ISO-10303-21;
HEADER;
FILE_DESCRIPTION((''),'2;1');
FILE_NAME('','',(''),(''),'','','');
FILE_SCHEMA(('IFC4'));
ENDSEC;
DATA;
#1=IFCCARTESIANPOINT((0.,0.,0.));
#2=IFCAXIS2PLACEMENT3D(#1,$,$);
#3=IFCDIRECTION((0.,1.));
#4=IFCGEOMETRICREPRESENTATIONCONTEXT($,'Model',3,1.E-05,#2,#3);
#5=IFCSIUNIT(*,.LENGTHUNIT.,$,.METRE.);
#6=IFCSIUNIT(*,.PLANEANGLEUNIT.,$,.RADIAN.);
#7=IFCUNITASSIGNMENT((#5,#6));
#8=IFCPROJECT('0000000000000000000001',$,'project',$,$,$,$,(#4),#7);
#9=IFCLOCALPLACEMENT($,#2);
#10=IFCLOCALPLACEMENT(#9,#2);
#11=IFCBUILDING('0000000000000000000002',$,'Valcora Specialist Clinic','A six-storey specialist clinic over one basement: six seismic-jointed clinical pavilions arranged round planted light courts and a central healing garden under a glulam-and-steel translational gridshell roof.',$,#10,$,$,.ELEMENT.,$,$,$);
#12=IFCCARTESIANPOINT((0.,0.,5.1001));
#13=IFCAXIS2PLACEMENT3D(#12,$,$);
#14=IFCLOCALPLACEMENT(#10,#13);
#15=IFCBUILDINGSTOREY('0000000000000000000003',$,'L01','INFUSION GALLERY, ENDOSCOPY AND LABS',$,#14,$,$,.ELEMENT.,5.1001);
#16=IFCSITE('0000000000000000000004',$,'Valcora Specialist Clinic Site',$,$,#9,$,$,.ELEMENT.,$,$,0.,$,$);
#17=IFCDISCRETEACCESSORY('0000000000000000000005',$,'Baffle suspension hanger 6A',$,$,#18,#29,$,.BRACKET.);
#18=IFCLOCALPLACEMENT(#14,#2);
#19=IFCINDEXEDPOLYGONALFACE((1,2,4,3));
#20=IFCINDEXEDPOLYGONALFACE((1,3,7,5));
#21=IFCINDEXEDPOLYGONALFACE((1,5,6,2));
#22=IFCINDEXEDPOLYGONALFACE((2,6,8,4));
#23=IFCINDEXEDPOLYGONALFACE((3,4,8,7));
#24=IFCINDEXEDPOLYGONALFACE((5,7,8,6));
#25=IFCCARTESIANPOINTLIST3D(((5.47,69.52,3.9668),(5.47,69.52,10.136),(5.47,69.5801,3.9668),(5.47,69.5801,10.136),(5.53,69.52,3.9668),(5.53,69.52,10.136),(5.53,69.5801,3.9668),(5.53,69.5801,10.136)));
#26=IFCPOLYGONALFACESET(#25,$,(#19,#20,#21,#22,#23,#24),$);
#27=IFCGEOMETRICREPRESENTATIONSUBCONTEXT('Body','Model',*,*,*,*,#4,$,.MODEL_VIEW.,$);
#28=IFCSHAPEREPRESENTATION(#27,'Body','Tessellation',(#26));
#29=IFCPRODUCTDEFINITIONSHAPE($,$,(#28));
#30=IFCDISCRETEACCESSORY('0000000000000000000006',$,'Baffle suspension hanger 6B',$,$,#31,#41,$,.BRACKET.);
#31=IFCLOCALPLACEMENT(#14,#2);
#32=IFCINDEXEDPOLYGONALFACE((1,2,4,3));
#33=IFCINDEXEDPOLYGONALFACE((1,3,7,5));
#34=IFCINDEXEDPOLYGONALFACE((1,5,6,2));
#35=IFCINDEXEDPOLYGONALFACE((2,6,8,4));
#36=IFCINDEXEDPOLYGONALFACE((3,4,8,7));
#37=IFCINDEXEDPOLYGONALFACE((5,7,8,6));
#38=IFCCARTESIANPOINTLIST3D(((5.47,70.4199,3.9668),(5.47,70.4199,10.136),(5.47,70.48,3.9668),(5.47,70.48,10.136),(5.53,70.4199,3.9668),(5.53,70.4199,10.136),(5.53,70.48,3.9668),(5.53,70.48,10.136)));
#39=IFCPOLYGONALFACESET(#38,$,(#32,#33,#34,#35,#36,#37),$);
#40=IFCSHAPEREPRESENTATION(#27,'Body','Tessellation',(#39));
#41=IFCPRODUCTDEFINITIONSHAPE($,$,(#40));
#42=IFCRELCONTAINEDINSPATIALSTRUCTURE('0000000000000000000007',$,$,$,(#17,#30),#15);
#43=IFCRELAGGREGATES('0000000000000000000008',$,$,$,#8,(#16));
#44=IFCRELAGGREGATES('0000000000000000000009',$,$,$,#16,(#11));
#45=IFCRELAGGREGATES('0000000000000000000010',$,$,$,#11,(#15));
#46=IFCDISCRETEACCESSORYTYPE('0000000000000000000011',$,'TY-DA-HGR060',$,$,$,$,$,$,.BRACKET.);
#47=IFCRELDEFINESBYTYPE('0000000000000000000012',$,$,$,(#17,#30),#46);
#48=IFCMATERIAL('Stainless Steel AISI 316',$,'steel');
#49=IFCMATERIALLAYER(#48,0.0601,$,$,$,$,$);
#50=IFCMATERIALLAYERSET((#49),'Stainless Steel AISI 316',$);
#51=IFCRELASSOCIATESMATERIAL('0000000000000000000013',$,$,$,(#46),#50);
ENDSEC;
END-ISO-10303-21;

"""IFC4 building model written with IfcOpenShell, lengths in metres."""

from ifc_helpers import new_model, si_unit, direction, frame, origin, origin_2d, place, context, subcontext, project, spatial, rectangle, extrude, material, layer, layer_set, type_object, element, save


model = new_model("IFC4")

# Units and contexts
model_context = context("Model", 3, precision=1e-05, world=origin(), true_north=direction((0.0, 1.0)))
body_context = subcontext(model_context, "Body", "Model", "MODEL_VIEW")
ifc_project = project(units=[si_unit("LENGTHUNIT", "METRE"), si_unit("PLANEANGLEUNIT", "RADIAN")], contexts=[model_context])

# Site, building, storey
site_placement = place(None, origin())
site = spatial("IfcSite", under=ifc_project, at=site_placement, Name="Valcora Specialist Clinic Site", CompositionType="ELEMENT", RefElevation=0.0)
building_placement = place(site_placement, origin())
building = spatial("IfcBuilding", under=site, at=building_placement, Name="Valcora Specialist Clinic", Description="A six-storey specialist clinic over one basement: six seismic-jointed clinical pavilions arranged round planted light courts and a central healing garden under a glulam-and-steel translational gridshell roof.", CompositionType="ELEMENT")
storey_placement = place(building_placement, frame((0.0, 0.0, 5.1001)))
storey = spatial("IfcBuildingStorey", under=building, at=storey_placement, Name="L01", Description="INFUSION GALLERY, ENDOSCOPY AND LABS", CompositionType="ELEMENT", Elevation=5.1001)

# Shared definitions
ifc_material_1 = material(Name="Stainless Steel AISI 316", Category="steel")

# Discrete accessories
ifc_layer_1 = layer(ifc_material_1, 0.0601)
ifc_layer_set_1 = layer_set([ifc_layer_1], Name="Stainless Steel AISI 316")
discrete_accessory_type = type_object("IfcDiscreteAccessoryType", Name="TY-DA-HGR060", PredefinedType="BRACKET", material=ifc_layer_set_1)
for number, where, z_axis, x_axis, name in (
    (1, (5.5, 69.55, 3.9668), (0.0, 0.0, 1.0), (1.0, 0.0, 0.0), "Baffle suspension hanger 6A"),
    (2, (5.5, 70.45, 3.9668), (0.0, 0.0, 1.0), (1.0, 0.0, 0.0), "Baffle suspension hanger 6B"),
):
    element("IfcDiscreteAccessory", number, at=place(storey_placement, frame(where, z_axis=z_axis, x_axis=x_axis)), inside=storey, type_object=discrete_accessory_type, Name=name, PredefinedType="BRACKET", context=body_context, shape_type="SweptSolid", body=[
        extrude(rectangle(XDim=0.0601, YDim=0.0601, at=origin_2d()), origin(), (0.0, 0.0, 1.0), 6.1692),
    ])

save(model, "model.ifc")
